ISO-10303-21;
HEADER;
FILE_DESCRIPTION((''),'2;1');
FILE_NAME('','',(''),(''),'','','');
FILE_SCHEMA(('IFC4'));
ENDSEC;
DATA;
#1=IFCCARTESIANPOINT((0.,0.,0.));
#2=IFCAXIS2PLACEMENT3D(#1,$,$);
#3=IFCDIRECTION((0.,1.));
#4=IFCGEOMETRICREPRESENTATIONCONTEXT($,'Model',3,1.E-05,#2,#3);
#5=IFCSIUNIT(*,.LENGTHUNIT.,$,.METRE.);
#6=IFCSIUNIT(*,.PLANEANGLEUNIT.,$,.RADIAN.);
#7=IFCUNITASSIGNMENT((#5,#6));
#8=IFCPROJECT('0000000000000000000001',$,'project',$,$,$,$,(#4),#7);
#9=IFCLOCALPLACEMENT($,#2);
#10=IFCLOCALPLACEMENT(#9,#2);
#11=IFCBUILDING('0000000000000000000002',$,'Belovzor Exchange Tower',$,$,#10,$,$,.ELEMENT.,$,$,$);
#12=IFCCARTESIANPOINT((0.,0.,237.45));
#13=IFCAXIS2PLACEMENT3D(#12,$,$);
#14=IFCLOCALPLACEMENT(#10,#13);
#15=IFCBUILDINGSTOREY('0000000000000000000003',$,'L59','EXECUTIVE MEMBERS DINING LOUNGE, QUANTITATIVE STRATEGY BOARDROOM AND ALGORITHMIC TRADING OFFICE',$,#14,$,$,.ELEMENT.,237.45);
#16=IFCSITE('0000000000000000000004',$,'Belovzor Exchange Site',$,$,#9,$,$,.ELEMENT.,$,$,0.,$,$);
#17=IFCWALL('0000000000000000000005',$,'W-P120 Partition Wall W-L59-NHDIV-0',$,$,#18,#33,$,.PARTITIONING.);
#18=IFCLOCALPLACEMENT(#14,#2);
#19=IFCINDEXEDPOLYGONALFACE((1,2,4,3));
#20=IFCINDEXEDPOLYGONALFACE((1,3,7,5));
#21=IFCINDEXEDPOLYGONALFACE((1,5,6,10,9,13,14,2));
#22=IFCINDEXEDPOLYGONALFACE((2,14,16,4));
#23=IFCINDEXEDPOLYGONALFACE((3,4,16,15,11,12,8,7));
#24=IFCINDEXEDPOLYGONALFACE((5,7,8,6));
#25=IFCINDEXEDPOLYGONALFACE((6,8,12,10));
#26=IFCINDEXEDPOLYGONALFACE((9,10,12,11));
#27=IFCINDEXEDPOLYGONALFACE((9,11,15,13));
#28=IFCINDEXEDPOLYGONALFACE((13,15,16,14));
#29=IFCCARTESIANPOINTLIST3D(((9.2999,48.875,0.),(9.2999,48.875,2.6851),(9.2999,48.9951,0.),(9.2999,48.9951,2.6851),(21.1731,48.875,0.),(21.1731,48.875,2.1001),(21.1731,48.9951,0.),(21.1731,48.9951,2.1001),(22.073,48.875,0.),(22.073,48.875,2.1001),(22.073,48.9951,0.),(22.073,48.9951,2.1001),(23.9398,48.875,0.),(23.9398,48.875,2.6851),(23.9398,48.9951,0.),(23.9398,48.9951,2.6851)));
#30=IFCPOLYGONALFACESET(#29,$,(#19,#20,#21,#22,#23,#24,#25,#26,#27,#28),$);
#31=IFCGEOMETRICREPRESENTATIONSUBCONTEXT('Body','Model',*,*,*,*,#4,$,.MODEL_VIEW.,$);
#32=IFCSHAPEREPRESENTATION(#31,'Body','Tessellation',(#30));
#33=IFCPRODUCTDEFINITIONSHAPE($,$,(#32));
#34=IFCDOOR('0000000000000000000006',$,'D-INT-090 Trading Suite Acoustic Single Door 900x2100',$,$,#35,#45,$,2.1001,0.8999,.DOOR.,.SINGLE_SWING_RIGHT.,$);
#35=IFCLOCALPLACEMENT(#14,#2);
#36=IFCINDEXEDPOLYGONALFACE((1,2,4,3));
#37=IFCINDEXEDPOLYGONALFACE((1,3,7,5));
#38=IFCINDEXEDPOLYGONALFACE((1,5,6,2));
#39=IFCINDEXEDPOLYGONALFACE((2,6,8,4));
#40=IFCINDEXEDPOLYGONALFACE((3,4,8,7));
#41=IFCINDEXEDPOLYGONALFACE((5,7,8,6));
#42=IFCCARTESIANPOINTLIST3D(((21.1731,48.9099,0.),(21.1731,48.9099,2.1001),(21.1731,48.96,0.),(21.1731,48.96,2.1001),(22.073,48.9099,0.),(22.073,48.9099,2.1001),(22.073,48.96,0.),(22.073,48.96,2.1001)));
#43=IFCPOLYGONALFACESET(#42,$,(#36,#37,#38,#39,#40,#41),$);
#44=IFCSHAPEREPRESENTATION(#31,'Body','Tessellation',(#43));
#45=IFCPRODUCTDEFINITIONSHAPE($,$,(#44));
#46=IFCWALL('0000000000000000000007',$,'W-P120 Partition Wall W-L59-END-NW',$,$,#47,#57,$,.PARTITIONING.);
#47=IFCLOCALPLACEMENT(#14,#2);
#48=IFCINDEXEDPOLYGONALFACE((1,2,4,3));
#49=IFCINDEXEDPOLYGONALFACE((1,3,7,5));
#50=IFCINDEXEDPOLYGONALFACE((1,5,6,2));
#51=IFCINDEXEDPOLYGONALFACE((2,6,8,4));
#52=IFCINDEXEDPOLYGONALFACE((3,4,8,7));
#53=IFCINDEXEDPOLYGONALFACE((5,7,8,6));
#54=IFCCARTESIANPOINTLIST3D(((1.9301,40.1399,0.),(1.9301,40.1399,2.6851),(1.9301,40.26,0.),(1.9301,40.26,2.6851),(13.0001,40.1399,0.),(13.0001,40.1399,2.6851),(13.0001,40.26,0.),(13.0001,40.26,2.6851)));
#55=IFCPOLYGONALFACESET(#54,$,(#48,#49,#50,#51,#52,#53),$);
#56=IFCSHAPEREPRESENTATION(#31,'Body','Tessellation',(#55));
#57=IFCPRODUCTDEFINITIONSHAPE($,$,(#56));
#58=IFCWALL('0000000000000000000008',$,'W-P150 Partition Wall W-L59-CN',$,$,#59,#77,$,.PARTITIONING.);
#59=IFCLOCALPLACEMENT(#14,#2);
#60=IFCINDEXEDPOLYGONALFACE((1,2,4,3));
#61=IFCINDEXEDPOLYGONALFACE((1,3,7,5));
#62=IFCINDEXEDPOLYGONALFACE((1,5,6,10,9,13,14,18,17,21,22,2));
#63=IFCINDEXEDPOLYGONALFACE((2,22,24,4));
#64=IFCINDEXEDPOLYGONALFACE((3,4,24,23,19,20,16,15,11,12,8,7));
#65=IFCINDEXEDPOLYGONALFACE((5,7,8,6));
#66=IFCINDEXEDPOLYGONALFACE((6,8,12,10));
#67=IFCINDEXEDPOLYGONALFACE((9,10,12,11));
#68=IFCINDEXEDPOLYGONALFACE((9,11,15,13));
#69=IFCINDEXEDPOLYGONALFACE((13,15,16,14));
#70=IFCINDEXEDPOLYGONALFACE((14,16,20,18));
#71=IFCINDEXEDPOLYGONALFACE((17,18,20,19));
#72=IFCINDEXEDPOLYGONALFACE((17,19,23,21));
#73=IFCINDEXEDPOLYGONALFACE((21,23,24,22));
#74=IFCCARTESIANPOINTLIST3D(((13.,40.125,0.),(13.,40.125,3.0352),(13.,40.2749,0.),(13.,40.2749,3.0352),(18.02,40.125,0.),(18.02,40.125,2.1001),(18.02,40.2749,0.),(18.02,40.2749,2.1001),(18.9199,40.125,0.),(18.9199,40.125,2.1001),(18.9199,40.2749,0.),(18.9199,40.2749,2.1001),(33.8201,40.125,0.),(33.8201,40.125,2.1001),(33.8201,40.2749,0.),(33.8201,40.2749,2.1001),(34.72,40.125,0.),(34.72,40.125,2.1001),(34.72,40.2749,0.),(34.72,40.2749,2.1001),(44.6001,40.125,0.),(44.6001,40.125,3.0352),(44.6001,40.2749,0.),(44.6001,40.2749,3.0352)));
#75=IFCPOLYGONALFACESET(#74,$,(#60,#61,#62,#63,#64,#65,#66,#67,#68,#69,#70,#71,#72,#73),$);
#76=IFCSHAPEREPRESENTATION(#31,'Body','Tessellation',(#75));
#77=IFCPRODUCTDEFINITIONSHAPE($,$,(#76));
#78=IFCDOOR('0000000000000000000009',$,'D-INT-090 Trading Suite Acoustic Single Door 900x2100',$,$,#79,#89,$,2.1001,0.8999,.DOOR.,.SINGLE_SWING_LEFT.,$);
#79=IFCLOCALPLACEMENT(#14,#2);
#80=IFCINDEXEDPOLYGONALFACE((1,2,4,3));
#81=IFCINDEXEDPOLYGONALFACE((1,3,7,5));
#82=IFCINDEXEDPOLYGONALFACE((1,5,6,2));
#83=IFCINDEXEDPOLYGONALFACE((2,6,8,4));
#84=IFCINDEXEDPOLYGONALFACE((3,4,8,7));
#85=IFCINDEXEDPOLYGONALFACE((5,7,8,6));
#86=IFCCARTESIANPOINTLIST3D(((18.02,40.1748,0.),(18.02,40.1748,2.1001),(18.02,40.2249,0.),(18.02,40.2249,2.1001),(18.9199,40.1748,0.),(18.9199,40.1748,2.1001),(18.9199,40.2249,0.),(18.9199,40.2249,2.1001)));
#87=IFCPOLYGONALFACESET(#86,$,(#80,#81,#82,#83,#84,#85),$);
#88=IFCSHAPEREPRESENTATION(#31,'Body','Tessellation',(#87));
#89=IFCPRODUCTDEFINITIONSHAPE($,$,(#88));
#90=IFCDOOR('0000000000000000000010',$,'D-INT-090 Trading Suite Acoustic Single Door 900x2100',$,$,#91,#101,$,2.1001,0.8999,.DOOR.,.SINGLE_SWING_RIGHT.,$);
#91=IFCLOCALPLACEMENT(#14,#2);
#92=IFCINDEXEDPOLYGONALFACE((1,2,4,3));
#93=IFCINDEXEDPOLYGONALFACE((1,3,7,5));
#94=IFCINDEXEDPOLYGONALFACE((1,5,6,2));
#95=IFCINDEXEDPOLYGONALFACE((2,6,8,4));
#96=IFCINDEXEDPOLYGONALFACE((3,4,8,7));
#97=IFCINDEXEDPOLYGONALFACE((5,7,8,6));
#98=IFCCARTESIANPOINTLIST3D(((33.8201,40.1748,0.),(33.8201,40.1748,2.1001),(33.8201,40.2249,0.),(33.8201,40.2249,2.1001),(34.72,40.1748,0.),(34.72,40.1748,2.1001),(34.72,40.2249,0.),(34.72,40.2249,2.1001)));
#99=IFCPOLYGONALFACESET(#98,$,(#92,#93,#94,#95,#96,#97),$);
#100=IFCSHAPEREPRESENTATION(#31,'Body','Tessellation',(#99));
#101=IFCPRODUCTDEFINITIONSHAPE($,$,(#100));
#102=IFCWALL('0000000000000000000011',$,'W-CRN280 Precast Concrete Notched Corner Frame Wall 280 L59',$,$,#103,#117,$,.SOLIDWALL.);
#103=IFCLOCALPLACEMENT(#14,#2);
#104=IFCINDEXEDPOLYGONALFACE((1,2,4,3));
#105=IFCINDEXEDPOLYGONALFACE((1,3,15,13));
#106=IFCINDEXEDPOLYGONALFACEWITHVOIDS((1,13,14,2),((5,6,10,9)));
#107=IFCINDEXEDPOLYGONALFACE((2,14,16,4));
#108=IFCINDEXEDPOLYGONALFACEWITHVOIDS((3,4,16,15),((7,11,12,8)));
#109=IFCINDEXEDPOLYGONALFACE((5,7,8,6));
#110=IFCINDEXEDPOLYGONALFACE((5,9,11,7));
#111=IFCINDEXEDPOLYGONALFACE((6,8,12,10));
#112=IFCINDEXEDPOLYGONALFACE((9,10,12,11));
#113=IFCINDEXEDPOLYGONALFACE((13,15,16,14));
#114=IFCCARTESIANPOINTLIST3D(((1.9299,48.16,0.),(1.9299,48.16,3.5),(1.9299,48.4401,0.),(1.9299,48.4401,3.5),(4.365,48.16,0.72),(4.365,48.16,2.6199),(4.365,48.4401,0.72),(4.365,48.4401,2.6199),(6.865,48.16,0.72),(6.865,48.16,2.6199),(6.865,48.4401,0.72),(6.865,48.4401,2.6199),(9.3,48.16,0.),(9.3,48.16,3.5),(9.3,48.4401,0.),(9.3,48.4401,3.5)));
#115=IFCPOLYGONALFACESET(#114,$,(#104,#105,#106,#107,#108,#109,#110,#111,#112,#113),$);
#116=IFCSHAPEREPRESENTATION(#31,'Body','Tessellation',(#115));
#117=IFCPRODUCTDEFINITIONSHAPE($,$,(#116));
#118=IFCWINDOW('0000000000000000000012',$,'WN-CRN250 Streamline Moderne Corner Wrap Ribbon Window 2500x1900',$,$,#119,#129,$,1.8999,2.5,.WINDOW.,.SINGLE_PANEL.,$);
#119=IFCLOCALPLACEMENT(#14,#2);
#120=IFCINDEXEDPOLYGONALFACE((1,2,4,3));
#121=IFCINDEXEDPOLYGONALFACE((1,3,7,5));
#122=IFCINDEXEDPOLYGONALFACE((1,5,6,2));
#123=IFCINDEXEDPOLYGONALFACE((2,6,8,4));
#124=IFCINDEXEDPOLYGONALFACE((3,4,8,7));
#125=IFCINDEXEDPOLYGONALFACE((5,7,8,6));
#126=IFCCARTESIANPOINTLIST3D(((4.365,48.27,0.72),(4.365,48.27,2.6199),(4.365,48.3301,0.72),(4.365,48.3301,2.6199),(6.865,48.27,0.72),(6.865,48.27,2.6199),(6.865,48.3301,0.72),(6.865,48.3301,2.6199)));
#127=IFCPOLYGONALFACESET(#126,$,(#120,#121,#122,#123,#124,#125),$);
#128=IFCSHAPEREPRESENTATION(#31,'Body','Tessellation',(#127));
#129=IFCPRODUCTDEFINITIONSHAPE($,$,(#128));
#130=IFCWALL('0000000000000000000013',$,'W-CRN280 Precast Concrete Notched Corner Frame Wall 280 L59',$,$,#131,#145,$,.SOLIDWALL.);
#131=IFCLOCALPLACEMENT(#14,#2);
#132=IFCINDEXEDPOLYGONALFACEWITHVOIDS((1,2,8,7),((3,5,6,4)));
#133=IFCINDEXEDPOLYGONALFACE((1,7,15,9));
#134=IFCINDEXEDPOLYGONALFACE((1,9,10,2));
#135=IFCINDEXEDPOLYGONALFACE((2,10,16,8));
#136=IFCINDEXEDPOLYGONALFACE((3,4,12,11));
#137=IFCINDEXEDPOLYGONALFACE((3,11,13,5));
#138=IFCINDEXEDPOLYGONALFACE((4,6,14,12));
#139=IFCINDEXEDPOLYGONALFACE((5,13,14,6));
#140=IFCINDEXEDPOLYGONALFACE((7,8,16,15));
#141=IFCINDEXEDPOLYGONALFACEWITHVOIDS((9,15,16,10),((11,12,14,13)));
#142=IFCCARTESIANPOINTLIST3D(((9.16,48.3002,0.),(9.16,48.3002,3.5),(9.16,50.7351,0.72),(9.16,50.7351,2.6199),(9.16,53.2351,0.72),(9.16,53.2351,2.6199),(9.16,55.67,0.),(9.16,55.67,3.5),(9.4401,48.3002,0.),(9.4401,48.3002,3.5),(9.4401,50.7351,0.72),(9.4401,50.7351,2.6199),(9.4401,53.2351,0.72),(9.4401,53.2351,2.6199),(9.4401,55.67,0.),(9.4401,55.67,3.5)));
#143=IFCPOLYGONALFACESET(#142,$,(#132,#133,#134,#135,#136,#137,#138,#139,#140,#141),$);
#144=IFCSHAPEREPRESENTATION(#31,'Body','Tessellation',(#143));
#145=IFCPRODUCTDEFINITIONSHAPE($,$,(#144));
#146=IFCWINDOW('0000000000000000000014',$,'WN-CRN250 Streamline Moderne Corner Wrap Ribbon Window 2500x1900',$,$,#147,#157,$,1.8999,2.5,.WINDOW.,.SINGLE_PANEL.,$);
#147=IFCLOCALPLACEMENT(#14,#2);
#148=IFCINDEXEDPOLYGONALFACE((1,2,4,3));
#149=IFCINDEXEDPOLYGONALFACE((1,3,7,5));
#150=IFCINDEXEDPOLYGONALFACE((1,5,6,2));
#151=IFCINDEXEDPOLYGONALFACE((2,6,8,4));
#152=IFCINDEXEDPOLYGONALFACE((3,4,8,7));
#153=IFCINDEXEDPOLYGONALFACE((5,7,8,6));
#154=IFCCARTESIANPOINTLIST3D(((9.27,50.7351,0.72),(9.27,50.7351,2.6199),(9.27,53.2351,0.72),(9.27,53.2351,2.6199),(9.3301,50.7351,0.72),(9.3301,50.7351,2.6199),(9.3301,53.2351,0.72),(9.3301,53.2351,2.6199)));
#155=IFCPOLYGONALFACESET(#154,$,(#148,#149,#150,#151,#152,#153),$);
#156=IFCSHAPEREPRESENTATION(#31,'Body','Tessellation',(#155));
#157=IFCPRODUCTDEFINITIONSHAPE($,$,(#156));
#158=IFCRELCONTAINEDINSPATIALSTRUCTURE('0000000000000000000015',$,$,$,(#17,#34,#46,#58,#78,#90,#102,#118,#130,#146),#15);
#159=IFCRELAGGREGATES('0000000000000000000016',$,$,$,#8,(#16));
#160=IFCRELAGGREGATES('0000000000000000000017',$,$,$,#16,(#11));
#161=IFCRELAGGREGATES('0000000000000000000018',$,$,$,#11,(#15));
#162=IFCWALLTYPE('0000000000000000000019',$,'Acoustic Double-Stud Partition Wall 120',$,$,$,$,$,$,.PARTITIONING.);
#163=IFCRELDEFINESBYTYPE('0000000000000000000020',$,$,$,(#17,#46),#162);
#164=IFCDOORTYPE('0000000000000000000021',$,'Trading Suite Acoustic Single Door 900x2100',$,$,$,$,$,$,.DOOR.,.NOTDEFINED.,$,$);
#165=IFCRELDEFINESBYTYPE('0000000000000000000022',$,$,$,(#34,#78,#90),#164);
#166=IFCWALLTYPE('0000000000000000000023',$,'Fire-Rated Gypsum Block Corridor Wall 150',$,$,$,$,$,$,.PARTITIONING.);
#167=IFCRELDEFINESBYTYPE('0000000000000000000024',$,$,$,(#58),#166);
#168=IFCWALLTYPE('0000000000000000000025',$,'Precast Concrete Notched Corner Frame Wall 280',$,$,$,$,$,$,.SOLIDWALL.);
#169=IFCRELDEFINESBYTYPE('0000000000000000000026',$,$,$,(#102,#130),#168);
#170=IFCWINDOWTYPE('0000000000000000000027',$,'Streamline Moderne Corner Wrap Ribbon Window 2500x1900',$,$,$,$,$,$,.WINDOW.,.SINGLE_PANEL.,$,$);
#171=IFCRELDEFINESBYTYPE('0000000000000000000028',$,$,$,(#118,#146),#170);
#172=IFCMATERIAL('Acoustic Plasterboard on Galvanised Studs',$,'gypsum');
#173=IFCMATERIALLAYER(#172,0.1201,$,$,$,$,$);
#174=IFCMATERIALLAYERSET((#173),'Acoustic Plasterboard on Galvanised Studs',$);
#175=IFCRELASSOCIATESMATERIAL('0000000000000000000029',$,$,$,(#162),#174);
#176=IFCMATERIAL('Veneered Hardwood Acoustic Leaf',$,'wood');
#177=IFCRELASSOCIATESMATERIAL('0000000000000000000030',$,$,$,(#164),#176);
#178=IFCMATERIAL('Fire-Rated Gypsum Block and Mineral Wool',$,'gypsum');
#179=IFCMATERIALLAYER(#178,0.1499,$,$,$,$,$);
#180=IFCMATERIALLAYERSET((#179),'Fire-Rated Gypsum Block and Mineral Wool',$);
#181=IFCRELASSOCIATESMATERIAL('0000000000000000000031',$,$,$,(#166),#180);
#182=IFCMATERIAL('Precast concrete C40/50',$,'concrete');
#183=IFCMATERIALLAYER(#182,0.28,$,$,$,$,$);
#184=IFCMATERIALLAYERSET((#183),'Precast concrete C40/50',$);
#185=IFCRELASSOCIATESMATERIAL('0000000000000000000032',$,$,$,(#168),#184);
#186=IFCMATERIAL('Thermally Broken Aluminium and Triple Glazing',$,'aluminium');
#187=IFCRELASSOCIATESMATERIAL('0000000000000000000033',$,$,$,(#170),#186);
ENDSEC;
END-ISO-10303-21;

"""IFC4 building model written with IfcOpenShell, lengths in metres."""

from ifc_helpers import new_model, si_unit, direction, frame, frame_2d, origin, place, context, subcontext, project, spatial, rectangle, extrude, material, layer, layer_set, type_object, element, fill, save


model = new_model("IFC4")

# Units and contexts
model_context = context("Model", 3, precision=1e-05, world=origin(), true_north=direction((0.0, 1.0)))
body_context = subcontext(model_context, "Body", "Model", "MODEL_VIEW")
ifc_project = project(units=[si_unit("LENGTHUNIT", "METRE"), si_unit("PLANEANGLEUNIT", "RADIAN")], contexts=[model_context])

# Site, building, storey
site_placement = place(None, origin())
site = spatial("IfcSite", under=ifc_project, at=site_placement, Name="Belovzor Exchange Site", CompositionType="ELEMENT", RefElevation=0.0)
building_placement = place(site_placement, origin())
building = spatial("IfcBuilding", under=site, at=building_placement, Name="Belovzor Exchange Tower", CompositionType="ELEMENT")
storey_placement = place(building_placement, frame((0.0, 0.0, 237.45)))
storey = spatial("IfcBuildingStorey", under=building, at=storey_placement, Name="L59", Description="EXECUTIVE MEMBERS DINING LOUNGE, QUANTITATIVE STRATEGY BOARDROOM AND ALGORITHMIC TRADING OFFICE", CompositionType="ELEMENT", Elevation=237.45)

# Wall, opening, door
ifc_material_1 = material(Name="Acoustic Plasterboard on Galvanised Studs", Category="gypsum")
ifc_layer_1 = layer(ifc_material_1, 0.1201)
ifc_layer_set_1 = layer_set([ifc_layer_1], Name="Acoustic Plasterboard on Galvanised Studs")
wall_type_1 = type_object("IfcWallType", Name="Acoustic Double-Stud Partition Wall 120", PredefinedType="PARTITIONING", material=ifc_layer_set_1)
wall_1_placement = place(storey_placement, frame((9.3, 48.9351, 0.0), z_axis=(0.0, 0.0, 1.0), x_axis=(1.0, 0.0, 0.0)))
wall_1 = element("IfcWall", 1, at=wall_1_placement, inside=storey, type_object=wall_type_1, Name="W-P120 Partition Wall W-L59-NHDIV-0", PredefinedType="PARTITIONING", context=body_context, shape_type="SweptSolid", body=[
    extrude(rectangle(XDim=14.6399, YDim=0.1201, at=frame_2d((7.3198, 0.0))), origin(), (0.0, 0.0, 1.0), 2.6851),
])
opening_1_placement = place(wall_1_placement, frame((11.873, 0.0, 0.0)))
opening_1 = element("IfcOpeningElement", 2, at=opening_1_placement, cuts=wall_1, PredefinedType="OPENING", context=body_context, shape_type="SweptSolid", body=[
    extrude(rectangle(XDim=0.8999, YDim=2.1001, at=frame_2d((0.45, 1.05))), frame((0.0, 0.0701, 0.0), z_axis=(0.0, -1.0, 0.0), x_axis=(1.0, 0.0, 0.0)), (0.0, 0.0, 1.0), 0.1401),
])
ifc_material_2 = material(Name="Veneered Hardwood Acoustic Leaf", Category="wood")
door_type_1 = type_object("IfcDoorType", Name="Trading Suite Acoustic Single Door 900x2100", OperationType="NOTDEFINED", PredefinedType="DOOR", material=ifc_material_2)
door_1_placement = place(opening_1_placement, origin())
door_1 = element("IfcDoor", 3, at=door_1_placement, inside=storey, type_object=door_type_1, Name="D-INT-090 Trading Suite Acoustic Single Door 900x2100", OperationType="SINGLE_SWING_RIGHT", OverallHeight=2.1001, OverallWidth=0.8999, PredefinedType="DOOR", context=body_context, shape_type="SweptSolid", body=[
    extrude(rectangle(XDim=0.8999, YDim=2.1001, at=frame_2d((0.45, 1.05))), frame((0.0, 0.0249, 0.0), z_axis=(0.0, -1.0, 0.0), x_axis=(1.0, 0.0, 0.0)), (0.0, 0.0, 1.0), 0.05),
])
fill(opening_1, door_1)

# Wall
wall_2_placement = place(storey_placement, frame((1.9299, 40.2, 0.0), z_axis=(0.0, 0.0, 1.0), x_axis=(1.0, 0.0, 0.0)))
element("IfcWall", 4, at=wall_2_placement, inside=storey, type_object=wall_type_1, Name="W-P120 Partition Wall W-L59-END-NW", PredefinedType="PARTITIONING", context=body_context, shape_type="SweptSolid", body=[
    extrude(rectangle(XDim=11.0701, YDim=0.1201, at=frame_2d((5.5352, 0.0))), origin(), (0.0, 0.0, 1.0), 2.6851),
])

# Wall, openings, doors
ifc_material_3 = material(Name="Fire-Rated Gypsum Block and Mineral Wool", Category="gypsum")
ifc_layer_2 = layer(ifc_material_3, 0.1499)
ifc_layer_set_2 = layer_set([ifc_layer_2], Name="Fire-Rated Gypsum Block and Mineral Wool")
wall_type_2 = type_object("IfcWallType", Name="Fire-Rated Gypsum Block Corridor Wall 150", PredefinedType="PARTITIONING", material=ifc_layer_set_2)
wall_3_placement = place(storey_placement, frame((13.0, 40.2, 0.0), z_axis=(0.0, 0.0, 1.0), x_axis=(1.0, 0.0, 0.0)))
wall_3 = element("IfcWall", 5, at=wall_3_placement, inside=storey, type_object=wall_type_2, Name="W-P150 Partition Wall W-L59-CN", PredefinedType="PARTITIONING", context=body_context, shape_type="SweptSolid", body=[
    extrude(rectangle(XDim=31.6001, YDim=0.1499, at=frame_2d((15.8, 0.0))), origin(), (0.0, 0.0, 1.0), 3.0352),
])
opening_2_placement = place(wall_3_placement, frame((5.02, 0.0, 0.0)))
opening_2 = element("IfcOpeningElement", 6, at=opening_2_placement, cuts=wall_3, PredefinedType="OPENING", context=body_context, shape_type="SweptSolid", body=[
    extrude(rectangle(XDim=0.8999, YDim=2.1001, at=frame_2d((0.45, 1.05))), frame((0.0, 0.085, 0.0), z_axis=(0.0, -1.0, 0.0), x_axis=(1.0, 0.0, 0.0)), (0.0, 0.0, 1.0), 0.1699),
])
opening_3_placement = place(wall_3_placement, frame((20.8201, 0.0, 0.0)))
opening_3 = element("IfcOpeningElement", 7, at=opening_3_placement, cuts=wall_3, PredefinedType="OPENING", context=body_context, shape_type="SweptSolid", body=[
    extrude(rectangle(XDim=0.8999, YDim=2.1001, at=frame_2d((0.45, 1.05))), frame((0.0, 0.085, 0.0), z_axis=(0.0, -1.0, 0.0), x_axis=(1.0, 0.0, 0.0)), (0.0, 0.0, 1.0), 0.1699),
])
door_2_placement = place(opening_2_placement, origin())
door_2 = element("IfcDoor", 8, at=door_2_placement, inside=storey, type_object=door_type_1, Name="D-INT-090 Trading Suite Acoustic Single Door 900x2100", OperationType="SINGLE_SWING_LEFT", OverallHeight=2.1001, OverallWidth=0.8999, PredefinedType="DOOR", context=body_context, shape_type="SweptSolid", body=[
    extrude(rectangle(XDim=0.8999, YDim=2.1001, at=frame_2d((0.45, 1.05))), frame((0.0, 0.0249, 0.0), z_axis=(0.0, -1.0, 0.0), x_axis=(1.0, 0.0, 0.0)), (0.0, 0.0, 1.0), 0.05),
])
fill(opening_2, door_2)
door_3_placement = place(opening_3_placement, origin())
door_3 = element("IfcDoor", 9, at=door_3_placement, inside=storey, type_object=door_type_1, Name="D-INT-090 Trading Suite Acoustic Single Door 900x2100", OperationType="SINGLE_SWING_RIGHT", OverallHeight=2.1001, OverallWidth=0.8999, PredefinedType="DOOR", context=body_context, shape_type="SweptSolid", body=[
    extrude(rectangle(XDim=0.8999, YDim=2.1001, at=frame_2d((0.45, 1.05))), frame((0.0, 0.0249, 0.0), z_axis=(0.0, -1.0, 0.0), x_axis=(1.0, 0.0, 0.0)), (0.0, 0.0, 1.0), 0.05),
])
fill(opening_3, door_3)

# Walls, openings, windows
ifc_material_4 = material(Name="Precast concrete C40/50", Category="concrete")
ifc_layer_3 = layer(ifc_material_4, 0.28)
ifc_layer_set_3 = layer_set([ifc_layer_3], Name="Precast concrete C40/50")
wall_type_3 = type_object("IfcWallType", Name="Precast Concrete Notched Corner Frame Wall 280", PredefinedType="SOLIDWALL", material=ifc_layer_set_3)
wall_4_placement = place(storey_placement, frame((1.9299, 48.3, 0.0), z_axis=(0.0, 0.0, 1.0), x_axis=(1.0, 0.0, 0.0)))
wall_4 = element("IfcWall", 10, at=wall_4_placement, inside=storey, type_object=wall_type_3, Name="W-CRN280 Precast Concrete Notched Corner Frame Wall 280 L59", PredefinedType="SOLIDWALL", context=body_context, shape_type="SweptSolid", body=[
    extrude(rectangle(XDim=7.3701, YDim=0.28, at=frame_2d((3.6851, 0.0))), origin(), (0.0, 0.0, 1.0), 3.5),
])
opening_4_placement = place(wall_4_placement, frame((2.4351, 0.0, 0.72)))
opening_4 = element("IfcOpeningElement", 11, at=opening_4_placement, cuts=wall_4, PredefinedType="OPENING", context=body_context, shape_type="SweptSolid", body=[
    extrude(rectangle(XDim=2.5, YDim=1.8999, at=frame_2d((1.25, 0.95))), frame((0.0, 0.1499, 0.0), z_axis=(0.0, -1.0, 0.0), x_axis=(1.0, 0.0, 0.0)), (0.0, 0.0, 1.0), 0.3),
])
ifc_material_5 = material(Name="Thermally Broken Aluminium and Triple Glazing", Category="aluminium")
window_type = type_object("IfcWindowType", Name="Streamline Moderne Corner Wrap Ribbon Window 2500x1900", PartitioningType="SINGLE_PANEL", PredefinedType="WINDOW", material=ifc_material_5)
window_1_placement = place(opening_4_placement, origin())
window_1 = element("IfcWindow", 12, at=window_1_placement, inside=storey, type_object=window_type, Name="WN-CRN250 Streamline Moderne Corner Wrap Ribbon Window 2500x1900", OverallHeight=1.8999, OverallWidth=2.5, PartitioningType="SINGLE_PANEL", PredefinedType="WINDOW", context=body_context, shape_type="SweptSolid", body=[
    extrude(rectangle(XDim=2.5, YDim=1.8999, at=frame_2d((1.25, 0.95))), frame((0.0, 0.03, 0.0), z_axis=(0.0, -1.0, 0.0), x_axis=(1.0, 0.0, 0.0)), (0.0, 0.0, 1.0), 0.0601),
])
fill(opening_4, window_1)
wall_5_placement = place(storey_placement, frame((9.3, 48.3, 0.0), z_axis=(0.0, 0.0, 1.0), x_axis=(0.0, 1.0, 0.0)))
wall_5 = element("IfcWall", 13, at=wall_5_placement, inside=storey, type_object=wall_type_3, Name="W-CRN280 Precast Concrete Notched Corner Frame Wall 280 L59", PredefinedType="SOLIDWALL", context=body_context, shape_type="SweptSolid", body=[
    extrude(rectangle(XDim=7.3699, YDim=0.28, at=frame_2d((3.6851, 0.0))), origin(), (0.0, 0.0, 1.0), 3.5),
])
opening_5_placement = place(wall_5_placement, frame((2.4351, 0.0, 0.72)))
opening_5 = element("IfcOpeningElement", 14, at=opening_5_placement, cuts=wall_5, PredefinedType="OPENING", context=body_context, shape_type="SweptSolid", body=[
    extrude(rectangle(XDim=2.5, YDim=1.8999, at=frame_2d((1.25, 0.95))), frame((0.0, 0.1499, 0.0), z_axis=(0.0, -1.0, 0.0), x_axis=(1.0, 0.0, 0.0)), (0.0, 0.0, 1.0), 0.3),
])
window_2_placement = place(opening_5_placement, origin())
window_2 = element("IfcWindow", 15, at=window_2_placement, inside=storey, type_object=window_type, Name="WN-CRN250 Streamline Moderne Corner Wrap Ribbon Window 2500x1900", OverallHeight=1.8999, OverallWidth=2.5, PartitioningType="SINGLE_PANEL", PredefinedType="WINDOW", context=body_context, shape_type="SweptSolid", body=[
    extrude(rectangle(XDim=2.5, YDim=1.8999, at=frame_2d((1.25, 0.95))), frame((0.0, 0.03, 0.0), z_axis=(0.0, -1.0, 0.0), x_axis=(1.0, 0.0, 0.0)), (0.0, 0.0, 1.0), 0.0601),
])
fill(opening_5, window_2)

save(model, "model.ifc")
